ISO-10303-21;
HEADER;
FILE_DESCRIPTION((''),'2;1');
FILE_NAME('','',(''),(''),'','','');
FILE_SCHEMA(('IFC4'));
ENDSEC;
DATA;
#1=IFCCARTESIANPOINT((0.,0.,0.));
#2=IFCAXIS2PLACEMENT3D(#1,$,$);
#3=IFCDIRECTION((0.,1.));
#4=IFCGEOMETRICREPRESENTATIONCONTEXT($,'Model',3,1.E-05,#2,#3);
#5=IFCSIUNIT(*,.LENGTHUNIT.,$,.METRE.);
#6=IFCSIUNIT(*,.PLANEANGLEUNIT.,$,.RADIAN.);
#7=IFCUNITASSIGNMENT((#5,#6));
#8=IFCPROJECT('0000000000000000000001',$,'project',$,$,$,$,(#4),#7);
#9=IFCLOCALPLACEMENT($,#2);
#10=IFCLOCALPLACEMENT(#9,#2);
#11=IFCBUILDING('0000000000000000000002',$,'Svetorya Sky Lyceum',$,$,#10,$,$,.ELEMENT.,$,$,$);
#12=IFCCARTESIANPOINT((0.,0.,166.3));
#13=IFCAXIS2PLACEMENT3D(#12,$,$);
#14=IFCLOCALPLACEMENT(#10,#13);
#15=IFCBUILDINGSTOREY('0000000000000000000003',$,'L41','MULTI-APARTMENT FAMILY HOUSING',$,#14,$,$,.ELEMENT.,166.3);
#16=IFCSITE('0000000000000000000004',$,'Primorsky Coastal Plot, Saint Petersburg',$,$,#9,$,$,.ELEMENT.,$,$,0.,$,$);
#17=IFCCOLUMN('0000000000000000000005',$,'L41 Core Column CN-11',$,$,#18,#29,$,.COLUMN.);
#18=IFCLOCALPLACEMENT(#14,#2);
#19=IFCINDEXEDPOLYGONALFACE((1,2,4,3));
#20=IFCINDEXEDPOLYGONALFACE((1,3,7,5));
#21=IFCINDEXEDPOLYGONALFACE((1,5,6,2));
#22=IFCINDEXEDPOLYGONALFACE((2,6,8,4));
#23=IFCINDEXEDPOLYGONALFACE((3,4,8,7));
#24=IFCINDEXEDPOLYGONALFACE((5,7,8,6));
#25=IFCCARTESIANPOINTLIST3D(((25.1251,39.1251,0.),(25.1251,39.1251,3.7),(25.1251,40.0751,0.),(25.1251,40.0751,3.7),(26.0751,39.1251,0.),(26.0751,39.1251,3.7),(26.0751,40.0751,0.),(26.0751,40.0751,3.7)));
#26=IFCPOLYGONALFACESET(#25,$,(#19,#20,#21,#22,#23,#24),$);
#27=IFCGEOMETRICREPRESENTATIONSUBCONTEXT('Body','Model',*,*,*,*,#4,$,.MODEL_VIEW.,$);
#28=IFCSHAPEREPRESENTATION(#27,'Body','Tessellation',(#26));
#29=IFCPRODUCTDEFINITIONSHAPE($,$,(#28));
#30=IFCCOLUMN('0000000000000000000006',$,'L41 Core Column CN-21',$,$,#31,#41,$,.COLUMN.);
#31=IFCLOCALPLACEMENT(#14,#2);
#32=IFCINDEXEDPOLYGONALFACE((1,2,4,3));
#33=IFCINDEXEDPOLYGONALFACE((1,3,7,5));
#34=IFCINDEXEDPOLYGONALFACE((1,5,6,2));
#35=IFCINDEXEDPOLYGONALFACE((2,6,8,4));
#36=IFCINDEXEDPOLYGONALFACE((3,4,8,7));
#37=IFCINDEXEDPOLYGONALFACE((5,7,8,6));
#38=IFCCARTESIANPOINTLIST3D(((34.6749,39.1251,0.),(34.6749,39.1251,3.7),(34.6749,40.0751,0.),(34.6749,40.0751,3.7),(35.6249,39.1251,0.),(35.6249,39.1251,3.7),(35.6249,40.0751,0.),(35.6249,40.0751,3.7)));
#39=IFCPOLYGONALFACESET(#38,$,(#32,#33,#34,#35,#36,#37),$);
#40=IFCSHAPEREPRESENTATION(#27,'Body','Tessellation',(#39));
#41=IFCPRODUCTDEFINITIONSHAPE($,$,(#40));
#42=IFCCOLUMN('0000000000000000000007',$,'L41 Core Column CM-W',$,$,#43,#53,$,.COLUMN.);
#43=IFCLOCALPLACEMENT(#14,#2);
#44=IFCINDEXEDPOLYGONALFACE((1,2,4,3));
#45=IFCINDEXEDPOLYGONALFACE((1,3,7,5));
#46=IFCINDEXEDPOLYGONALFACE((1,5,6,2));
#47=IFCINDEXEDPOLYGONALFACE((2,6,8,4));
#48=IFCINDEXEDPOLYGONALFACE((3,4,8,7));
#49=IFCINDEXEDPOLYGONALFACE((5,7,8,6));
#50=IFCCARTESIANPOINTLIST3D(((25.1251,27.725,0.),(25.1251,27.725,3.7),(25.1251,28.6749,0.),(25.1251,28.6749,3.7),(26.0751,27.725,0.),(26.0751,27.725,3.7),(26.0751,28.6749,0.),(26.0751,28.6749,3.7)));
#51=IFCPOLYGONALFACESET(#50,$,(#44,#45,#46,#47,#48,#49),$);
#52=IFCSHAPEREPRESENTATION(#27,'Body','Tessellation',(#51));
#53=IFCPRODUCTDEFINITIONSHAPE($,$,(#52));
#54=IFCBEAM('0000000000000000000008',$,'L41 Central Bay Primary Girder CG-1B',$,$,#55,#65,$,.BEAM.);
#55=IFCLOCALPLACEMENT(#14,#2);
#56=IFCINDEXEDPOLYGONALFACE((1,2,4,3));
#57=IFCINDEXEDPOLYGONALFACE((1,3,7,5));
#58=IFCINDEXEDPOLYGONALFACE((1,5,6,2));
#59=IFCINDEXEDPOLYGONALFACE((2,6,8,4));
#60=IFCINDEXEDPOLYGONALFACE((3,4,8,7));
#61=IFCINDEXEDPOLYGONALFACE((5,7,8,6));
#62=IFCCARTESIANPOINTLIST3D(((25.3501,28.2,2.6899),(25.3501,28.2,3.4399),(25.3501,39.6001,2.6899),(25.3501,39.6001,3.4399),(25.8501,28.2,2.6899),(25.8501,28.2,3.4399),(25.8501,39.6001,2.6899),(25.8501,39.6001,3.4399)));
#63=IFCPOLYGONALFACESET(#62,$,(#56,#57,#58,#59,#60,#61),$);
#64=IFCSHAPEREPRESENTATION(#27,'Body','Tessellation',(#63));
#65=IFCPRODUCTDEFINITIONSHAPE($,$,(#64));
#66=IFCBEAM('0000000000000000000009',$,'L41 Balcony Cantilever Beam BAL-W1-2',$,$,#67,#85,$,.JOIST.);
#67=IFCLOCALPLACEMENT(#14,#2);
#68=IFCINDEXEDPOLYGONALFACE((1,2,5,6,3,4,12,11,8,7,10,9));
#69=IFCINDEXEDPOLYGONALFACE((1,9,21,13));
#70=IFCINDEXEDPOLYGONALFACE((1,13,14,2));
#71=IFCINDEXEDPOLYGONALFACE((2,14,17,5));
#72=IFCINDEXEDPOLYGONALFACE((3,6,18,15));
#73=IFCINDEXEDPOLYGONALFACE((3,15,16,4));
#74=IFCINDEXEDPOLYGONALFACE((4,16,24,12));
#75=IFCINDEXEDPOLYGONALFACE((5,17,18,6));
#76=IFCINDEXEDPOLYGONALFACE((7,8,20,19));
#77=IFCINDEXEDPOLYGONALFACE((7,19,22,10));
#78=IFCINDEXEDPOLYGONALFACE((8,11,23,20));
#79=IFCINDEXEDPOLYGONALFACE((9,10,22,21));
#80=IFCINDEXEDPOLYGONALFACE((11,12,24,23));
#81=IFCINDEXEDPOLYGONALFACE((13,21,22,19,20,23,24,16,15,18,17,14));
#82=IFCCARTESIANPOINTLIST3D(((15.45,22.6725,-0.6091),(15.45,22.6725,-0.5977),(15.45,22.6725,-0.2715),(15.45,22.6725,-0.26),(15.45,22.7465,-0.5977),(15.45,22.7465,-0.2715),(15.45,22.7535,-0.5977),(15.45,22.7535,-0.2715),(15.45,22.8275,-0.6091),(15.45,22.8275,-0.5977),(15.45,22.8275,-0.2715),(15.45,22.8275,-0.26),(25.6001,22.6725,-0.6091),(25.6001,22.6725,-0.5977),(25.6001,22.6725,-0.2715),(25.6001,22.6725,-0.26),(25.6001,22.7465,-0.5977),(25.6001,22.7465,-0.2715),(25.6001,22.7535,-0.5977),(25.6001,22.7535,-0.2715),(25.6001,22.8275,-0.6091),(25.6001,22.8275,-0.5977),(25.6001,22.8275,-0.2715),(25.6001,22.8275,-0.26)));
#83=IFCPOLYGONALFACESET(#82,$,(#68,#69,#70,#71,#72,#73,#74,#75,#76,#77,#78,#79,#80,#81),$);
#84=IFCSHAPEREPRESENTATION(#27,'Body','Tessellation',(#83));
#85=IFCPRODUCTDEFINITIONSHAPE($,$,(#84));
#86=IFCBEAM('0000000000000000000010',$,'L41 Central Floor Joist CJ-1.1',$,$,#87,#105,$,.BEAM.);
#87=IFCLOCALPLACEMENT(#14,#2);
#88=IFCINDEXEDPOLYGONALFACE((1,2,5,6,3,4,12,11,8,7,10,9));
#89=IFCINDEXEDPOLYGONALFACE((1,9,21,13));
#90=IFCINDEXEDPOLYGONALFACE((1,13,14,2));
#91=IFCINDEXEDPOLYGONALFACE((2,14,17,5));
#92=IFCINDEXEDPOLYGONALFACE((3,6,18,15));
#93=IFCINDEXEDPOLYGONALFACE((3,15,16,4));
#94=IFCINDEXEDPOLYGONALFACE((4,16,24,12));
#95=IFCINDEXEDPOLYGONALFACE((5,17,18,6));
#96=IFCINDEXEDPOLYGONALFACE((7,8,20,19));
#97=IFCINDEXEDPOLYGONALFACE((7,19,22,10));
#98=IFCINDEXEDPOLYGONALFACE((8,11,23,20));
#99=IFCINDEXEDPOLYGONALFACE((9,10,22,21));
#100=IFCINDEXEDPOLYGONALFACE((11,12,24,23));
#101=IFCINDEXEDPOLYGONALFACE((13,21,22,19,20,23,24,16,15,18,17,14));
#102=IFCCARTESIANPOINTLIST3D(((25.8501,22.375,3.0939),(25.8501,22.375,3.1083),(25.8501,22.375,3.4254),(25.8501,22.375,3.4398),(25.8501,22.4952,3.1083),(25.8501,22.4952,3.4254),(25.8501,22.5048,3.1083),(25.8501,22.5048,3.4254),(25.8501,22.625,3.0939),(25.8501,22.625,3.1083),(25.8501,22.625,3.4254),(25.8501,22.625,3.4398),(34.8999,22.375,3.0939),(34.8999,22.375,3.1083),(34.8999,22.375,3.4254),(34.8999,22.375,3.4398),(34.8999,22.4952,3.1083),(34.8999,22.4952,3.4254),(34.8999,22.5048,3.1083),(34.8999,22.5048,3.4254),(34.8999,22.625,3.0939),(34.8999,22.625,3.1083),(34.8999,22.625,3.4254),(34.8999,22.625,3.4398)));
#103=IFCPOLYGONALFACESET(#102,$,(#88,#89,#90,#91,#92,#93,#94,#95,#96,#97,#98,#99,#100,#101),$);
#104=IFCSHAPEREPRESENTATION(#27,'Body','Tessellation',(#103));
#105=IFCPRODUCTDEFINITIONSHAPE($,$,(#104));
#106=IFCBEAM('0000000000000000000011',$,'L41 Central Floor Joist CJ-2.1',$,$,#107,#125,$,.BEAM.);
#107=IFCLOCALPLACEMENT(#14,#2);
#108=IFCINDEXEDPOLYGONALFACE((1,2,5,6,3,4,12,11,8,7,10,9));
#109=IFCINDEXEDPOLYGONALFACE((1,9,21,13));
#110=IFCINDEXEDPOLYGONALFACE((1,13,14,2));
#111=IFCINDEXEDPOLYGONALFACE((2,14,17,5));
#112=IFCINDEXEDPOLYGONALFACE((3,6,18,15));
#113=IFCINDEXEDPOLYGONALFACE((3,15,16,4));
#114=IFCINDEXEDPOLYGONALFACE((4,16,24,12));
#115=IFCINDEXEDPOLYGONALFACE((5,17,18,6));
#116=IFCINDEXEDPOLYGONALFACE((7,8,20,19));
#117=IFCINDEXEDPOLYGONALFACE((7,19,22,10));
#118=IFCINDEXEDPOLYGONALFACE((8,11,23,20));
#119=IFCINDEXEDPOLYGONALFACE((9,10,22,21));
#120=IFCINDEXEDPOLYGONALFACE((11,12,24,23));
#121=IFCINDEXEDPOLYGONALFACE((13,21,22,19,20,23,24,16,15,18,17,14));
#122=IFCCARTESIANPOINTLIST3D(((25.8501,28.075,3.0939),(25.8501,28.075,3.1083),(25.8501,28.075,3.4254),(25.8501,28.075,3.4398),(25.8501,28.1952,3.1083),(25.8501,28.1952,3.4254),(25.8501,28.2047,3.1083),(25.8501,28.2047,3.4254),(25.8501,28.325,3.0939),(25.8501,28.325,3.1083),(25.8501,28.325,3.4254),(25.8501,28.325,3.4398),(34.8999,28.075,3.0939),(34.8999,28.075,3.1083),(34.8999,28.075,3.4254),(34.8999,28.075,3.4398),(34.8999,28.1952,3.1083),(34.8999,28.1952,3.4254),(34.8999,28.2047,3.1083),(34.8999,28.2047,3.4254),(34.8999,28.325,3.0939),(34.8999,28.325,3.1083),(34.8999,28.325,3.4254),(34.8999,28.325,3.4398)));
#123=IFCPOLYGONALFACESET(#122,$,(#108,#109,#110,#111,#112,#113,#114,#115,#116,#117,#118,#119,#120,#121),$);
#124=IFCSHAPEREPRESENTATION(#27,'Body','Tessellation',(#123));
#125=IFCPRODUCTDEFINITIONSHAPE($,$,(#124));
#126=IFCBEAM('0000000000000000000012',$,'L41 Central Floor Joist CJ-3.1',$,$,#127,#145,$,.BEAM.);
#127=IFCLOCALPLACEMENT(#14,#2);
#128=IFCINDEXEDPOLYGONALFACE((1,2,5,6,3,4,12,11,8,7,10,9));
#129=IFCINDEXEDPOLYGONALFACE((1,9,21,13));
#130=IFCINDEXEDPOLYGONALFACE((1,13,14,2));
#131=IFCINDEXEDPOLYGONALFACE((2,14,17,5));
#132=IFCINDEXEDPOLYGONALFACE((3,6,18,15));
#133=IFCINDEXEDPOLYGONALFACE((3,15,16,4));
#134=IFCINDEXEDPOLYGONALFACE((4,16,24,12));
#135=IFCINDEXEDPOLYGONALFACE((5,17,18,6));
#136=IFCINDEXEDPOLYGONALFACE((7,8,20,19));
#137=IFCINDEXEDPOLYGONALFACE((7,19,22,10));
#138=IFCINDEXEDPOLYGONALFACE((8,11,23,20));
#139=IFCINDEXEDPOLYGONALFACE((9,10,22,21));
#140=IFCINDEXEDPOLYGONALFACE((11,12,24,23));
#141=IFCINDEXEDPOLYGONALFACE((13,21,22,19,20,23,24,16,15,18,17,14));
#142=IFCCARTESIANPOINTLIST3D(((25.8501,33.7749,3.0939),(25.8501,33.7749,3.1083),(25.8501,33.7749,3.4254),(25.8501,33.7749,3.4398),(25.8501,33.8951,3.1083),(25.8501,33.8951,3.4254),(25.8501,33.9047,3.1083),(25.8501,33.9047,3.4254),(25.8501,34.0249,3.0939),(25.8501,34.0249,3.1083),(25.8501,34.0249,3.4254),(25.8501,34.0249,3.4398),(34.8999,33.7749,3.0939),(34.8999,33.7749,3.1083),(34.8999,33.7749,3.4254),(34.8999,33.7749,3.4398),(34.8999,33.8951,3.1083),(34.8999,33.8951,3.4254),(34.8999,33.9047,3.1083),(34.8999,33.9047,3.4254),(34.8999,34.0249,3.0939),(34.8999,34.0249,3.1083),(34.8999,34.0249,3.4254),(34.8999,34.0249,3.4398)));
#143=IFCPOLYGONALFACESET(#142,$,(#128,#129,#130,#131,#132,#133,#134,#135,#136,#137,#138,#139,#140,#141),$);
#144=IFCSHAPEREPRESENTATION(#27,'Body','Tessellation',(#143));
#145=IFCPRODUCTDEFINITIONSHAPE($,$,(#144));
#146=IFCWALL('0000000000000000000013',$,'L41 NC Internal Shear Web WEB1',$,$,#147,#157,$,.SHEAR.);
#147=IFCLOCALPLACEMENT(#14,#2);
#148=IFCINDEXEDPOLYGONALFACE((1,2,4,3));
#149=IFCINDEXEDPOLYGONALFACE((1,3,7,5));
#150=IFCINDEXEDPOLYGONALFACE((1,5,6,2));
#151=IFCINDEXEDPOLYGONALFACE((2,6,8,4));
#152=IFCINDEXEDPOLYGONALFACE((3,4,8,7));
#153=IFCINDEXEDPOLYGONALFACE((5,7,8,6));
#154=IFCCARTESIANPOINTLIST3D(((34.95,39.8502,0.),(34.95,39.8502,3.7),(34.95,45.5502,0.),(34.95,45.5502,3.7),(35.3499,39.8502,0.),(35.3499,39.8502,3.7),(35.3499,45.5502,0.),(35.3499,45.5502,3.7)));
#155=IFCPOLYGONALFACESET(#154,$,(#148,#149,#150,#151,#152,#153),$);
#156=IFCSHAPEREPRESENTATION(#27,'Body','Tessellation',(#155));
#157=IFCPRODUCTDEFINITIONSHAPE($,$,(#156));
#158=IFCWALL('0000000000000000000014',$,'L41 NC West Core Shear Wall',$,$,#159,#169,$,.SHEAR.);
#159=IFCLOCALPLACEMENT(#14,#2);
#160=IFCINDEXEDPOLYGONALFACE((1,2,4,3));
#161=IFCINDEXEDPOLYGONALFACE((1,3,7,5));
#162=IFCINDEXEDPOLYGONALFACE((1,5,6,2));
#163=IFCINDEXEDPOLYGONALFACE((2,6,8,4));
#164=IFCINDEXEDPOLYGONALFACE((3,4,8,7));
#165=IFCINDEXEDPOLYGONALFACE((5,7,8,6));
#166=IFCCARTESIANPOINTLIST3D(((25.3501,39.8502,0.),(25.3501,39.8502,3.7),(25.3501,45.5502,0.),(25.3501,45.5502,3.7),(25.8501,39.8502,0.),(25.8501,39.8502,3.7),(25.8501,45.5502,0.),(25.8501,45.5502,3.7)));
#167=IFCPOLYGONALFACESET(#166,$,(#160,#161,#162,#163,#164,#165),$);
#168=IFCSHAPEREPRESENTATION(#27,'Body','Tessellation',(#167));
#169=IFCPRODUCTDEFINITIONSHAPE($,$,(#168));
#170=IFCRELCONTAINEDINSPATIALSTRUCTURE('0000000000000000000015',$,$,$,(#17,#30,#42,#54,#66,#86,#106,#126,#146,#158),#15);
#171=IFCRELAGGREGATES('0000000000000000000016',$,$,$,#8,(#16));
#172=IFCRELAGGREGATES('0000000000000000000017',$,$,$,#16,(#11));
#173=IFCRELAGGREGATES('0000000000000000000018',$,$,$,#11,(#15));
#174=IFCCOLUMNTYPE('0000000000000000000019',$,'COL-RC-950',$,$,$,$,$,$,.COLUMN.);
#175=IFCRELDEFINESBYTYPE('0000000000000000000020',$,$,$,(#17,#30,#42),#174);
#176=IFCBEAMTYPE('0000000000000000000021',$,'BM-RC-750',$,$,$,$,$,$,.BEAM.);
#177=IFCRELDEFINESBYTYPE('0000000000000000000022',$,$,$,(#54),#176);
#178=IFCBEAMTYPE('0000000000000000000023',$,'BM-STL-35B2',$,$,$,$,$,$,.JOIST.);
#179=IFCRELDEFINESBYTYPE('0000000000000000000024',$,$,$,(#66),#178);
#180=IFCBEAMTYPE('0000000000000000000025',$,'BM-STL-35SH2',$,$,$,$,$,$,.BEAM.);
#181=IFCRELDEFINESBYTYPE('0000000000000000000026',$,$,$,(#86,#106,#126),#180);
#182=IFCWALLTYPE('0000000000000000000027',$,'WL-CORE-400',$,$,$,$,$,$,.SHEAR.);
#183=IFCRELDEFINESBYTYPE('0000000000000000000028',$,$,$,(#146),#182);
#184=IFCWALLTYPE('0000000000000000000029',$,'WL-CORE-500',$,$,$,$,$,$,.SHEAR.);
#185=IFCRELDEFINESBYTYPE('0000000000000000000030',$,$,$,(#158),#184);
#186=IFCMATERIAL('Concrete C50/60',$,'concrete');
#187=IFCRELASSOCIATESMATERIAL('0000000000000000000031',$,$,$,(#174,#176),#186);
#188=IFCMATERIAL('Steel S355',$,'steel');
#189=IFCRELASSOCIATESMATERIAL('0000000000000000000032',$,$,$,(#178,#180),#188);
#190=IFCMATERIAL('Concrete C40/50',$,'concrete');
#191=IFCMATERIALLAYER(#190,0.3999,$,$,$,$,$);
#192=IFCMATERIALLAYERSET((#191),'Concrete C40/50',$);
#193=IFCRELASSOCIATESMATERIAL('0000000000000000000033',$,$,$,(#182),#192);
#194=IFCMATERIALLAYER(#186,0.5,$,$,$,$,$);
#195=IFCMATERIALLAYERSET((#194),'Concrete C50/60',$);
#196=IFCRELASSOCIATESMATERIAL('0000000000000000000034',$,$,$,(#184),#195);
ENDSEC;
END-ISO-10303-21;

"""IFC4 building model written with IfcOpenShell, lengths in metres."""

from ifc_helpers import new_model, si_unit, direction, frame, frame_2d, origin, origin_2d, place, context, subcontext, project, spatial, rectangle, i_section, extrude, material, layer, layer_set, material_profile, profile_set, type_object, element, save


model = new_model("IFC4")

# Units and contexts
model_context = context("Model", 3, precision=1e-05, world=origin(), true_north=direction((0.0, 1.0)))
body_context = subcontext(model_context, "Body", "Model", "MODEL_VIEW")
ifc_project = project(units=[si_unit("LENGTHUNIT", "METRE"), si_unit("PLANEANGLEUNIT", "RADIAN")], contexts=[model_context])

# Site, building, storey
site_placement = place(None, origin())
site = spatial("IfcSite", under=ifc_project, at=site_placement, Name="Primorsky Coastal Plot, Saint Petersburg", CompositionType="ELEMENT", RefElevation=0.0)
building_placement = place(site_placement, origin())
building = spatial("IfcBuilding", under=site, at=building_placement, Name="Svetorya Sky Lyceum", CompositionType="ELEMENT")
storey_placement = place(building_placement, frame((0.0, 0.0, 166.3)))
storey = spatial("IfcBuildingStorey", under=building, at=storey_placement, Name="L41", Description="MULTI-APARTMENT FAMILY HOUSING", CompositionType="ELEMENT", Elevation=166.3)

# Columns
ifc_material_1 = material(Name="Concrete C50/60", Category="concrete")
ifc_material_profile_1 = material_profile(ifc_material_1, rectangle(XDim=0.95, YDim=0.95, at=origin_2d()), Name="RC COL 950x950")
ifc_profile_set_1 = profile_set([ifc_material_profile_1], Name="Concrete C50/60")
column_type = type_object("IfcColumnType", Name="COL-RC-950", PredefinedType="COLUMN", material=ifc_profile_set_1)
for number, where, z_axis, x_axis, name in (
    (1, (25.6001, 39.6001, 0.0), (0.0, 0.0, 1.0), (1.0, 0.0, 0.0), "L41 Core Column CN-11"),
    (2, (35.1499, 39.6001, 0.0), (0.0, 0.0, 1.0), (1.0, 0.0, 0.0), "L41 Core Column CN-21"),
    (3, (25.6001, 28.2, 0.0), (0.0, 0.0, 1.0), (1.0, 0.0, 0.0), "L41 Core Column CM-W"),
):
    element("IfcColumn", number, at=place(storey_placement, frame(where, z_axis=z_axis, x_axis=x_axis)), inside=storey, type_object=column_type, Name=name, PredefinedType="COLUMN", context=body_context, shape_type="SweptSolid", body=[
        extrude(rectangle(XDim=0.95, YDim=0.95, at=origin_2d()), origin(), (0.0, 0.0, 1.0), 3.7),
    ])

# Beams
ifc_material_profile_2 = material_profile(ifc_material_1, rectangle(XDim=0.5, YDim=0.75, at=origin_2d()), Name="RC BEAM 500x750")
ifc_profile_set_2 = profile_set([ifc_material_profile_2], Name="Concrete C50/60")
beam_type_1 = type_object("IfcBeamType", Name="BM-RC-750", PredefinedType="BEAM", material=ifc_profile_set_2)
beam_1_placement = place(storey_placement, frame((25.6001, 28.2, 3.0649), z_axis=(0.0, 1.0, 0.0), x_axis=(-1.0, 0.0, 0.0)))
element("IfcBeam", 4, at=beam_1_placement, inside=storey, type_object=beam_type_1, Name="L41 Central Bay Primary Girder CG-1B", PredefinedType="BEAM", context=body_context, shape_type="SweptSolid", body=[
    extrude(rectangle(XDim=0.5, YDim=0.75, at=origin_2d()), origin(), (0.0, 0.0, 1.0), 11.4001),
])
ifc_material_2 = material(Name="Steel S355", Category="steel")
ifc_material_profile_3 = material_profile(ifc_material_2, i_section(OverallWidth=0.155, OverallDepth=0.3491, WebThickness=0.0071, FlangeThickness=0.0115, at=origin_2d()), Name="GOST 35B2")
ifc_profile_set_3 = profile_set([ifc_material_profile_3], Name="Steel S355")
beam_type_2 = type_object("IfcBeamType", Name="BM-STL-35B2", PredefinedType="JOIST", material=ifc_profile_set_3)
beam_2_placement = place(storey_placement, frame((25.6001, 22.75, -0.4346), z_axis=(-1.0, 0.0, 0.0), x_axis=(0.0, -1.0, 0.0)))
element("IfcBeam", 5, at=beam_2_placement, inside=storey, type_object=beam_type_2, Name="L41 Balcony Cantilever Beam BAL-W1-2", PredefinedType="JOIST", context=body_context, shape_type="SweptSolid", body=[
    extrude(i_section(OverallWidth=0.155, OverallDepth=0.3491, WebThickness=0.0071, FlangeThickness=0.0115, at=origin_2d()), origin(), (0.0, 0.0, 1.0), 10.1501),
])
ifc_material_profile_4 = material_profile(ifc_material_2, i_section(OverallWidth=0.25, OverallDepth=0.3459, WebThickness=0.0095, FlangeThickness=0.0144, at=origin_2d()), Name="GOST 35Sh2")
ifc_profile_set_4 = profile_set([ifc_material_profile_4], Name="Steel S355")
beam_type_3 = type_object("IfcBeamType", Name="BM-STL-35SH2", PredefinedType="BEAM", material=ifc_profile_set_4)
for number, where, z_axis, x_axis, name in (
    (6, (25.8501, 22.5, 3.2668), (1.0, 0.0, 0.0), (0.0, 1.0, 0.0), "L41 Central Floor Joist CJ-1.1"),
    (7, (25.8501, 28.2, 3.2668), (1.0, 0.0, 0.0), (0.0, 1.0, 0.0), "L41 Central Floor Joist CJ-2.1"),
    (8, (25.8501, 33.8999, 3.2668), (1.0, 0.0, 0.0), (0.0, 1.0, 0.0), "L41 Central Floor Joist CJ-3.1"),
):
    element("IfcBeam", number, at=place(storey_placement, frame(where, z_axis=z_axis, x_axis=x_axis)), inside=storey, type_object=beam_type_3, Name=name, PredefinedType="BEAM", context=body_context, shape_type="SweptSolid", body=[
        extrude(i_section(OverallWidth=0.25, OverallDepth=0.3459, WebThickness=0.0095, FlangeThickness=0.0144, at=origin_2d()), origin(), (0.0, 0.0, 1.0), 9.0498),
    ])

# Walls
ifc_material_3 = material(Name="Concrete C40/50", Category="concrete")
ifc_layer_1 = layer(ifc_material_3, 0.3999)
ifc_layer_set_1 = layer_set([ifc_layer_1], Name="Concrete C40/50")
wall_type_1 = type_object("IfcWallType", Name="WL-CORE-400", PredefinedType="SHEAR", material=ifc_layer_set_1)
wall_1_placement = place(storey_placement, frame((35.1499, 39.8501, 0.0), z_axis=(0.0, 0.0, 1.0), x_axis=(0.0, 1.0, 0.0)))
element("IfcWall", 9, at=wall_1_placement, inside=storey, type_object=wall_type_1, Name="L41 NC Internal Shear Web WEB1", PredefinedType="SHEAR", context=body_context, shape_type="SweptSolid", body=[
    extrude(rectangle(XDim=5.7, YDim=0.3999, at=frame_2d((2.8501, 0.0))), origin(), (0.0, 0.0, 1.0), 3.7),
])
ifc_layer_2 = layer(ifc_material_1, 0.5)
ifc_layer_set_2 = layer_set([ifc_layer_2], Name="Concrete C50/60")
wall_type_2 = type_object("IfcWallType", Name="WL-CORE-500", PredefinedType="SHEAR", material=ifc_layer_set_2)
wall_2_placement = place(storey_placement, frame((25.6001, 39.8501, 0.0), z_axis=(0.0, 0.0, 1.0), x_axis=(0.0, 1.0, 0.0)))
element("IfcWall", 10, at=wall_2_placement, inside=storey, type_object=wall_type_2, Name="L41 NC West Core Shear Wall", PredefinedType="SHEAR", context=body_context, shape_type="SweptSolid", body=[
    extrude(rectangle(XDim=5.7, YDim=0.5, at=frame_2d((2.8501, 0.0))), origin(), (0.0, 0.0, 1.0), 3.7),
])

save(model, "model.ifc")
